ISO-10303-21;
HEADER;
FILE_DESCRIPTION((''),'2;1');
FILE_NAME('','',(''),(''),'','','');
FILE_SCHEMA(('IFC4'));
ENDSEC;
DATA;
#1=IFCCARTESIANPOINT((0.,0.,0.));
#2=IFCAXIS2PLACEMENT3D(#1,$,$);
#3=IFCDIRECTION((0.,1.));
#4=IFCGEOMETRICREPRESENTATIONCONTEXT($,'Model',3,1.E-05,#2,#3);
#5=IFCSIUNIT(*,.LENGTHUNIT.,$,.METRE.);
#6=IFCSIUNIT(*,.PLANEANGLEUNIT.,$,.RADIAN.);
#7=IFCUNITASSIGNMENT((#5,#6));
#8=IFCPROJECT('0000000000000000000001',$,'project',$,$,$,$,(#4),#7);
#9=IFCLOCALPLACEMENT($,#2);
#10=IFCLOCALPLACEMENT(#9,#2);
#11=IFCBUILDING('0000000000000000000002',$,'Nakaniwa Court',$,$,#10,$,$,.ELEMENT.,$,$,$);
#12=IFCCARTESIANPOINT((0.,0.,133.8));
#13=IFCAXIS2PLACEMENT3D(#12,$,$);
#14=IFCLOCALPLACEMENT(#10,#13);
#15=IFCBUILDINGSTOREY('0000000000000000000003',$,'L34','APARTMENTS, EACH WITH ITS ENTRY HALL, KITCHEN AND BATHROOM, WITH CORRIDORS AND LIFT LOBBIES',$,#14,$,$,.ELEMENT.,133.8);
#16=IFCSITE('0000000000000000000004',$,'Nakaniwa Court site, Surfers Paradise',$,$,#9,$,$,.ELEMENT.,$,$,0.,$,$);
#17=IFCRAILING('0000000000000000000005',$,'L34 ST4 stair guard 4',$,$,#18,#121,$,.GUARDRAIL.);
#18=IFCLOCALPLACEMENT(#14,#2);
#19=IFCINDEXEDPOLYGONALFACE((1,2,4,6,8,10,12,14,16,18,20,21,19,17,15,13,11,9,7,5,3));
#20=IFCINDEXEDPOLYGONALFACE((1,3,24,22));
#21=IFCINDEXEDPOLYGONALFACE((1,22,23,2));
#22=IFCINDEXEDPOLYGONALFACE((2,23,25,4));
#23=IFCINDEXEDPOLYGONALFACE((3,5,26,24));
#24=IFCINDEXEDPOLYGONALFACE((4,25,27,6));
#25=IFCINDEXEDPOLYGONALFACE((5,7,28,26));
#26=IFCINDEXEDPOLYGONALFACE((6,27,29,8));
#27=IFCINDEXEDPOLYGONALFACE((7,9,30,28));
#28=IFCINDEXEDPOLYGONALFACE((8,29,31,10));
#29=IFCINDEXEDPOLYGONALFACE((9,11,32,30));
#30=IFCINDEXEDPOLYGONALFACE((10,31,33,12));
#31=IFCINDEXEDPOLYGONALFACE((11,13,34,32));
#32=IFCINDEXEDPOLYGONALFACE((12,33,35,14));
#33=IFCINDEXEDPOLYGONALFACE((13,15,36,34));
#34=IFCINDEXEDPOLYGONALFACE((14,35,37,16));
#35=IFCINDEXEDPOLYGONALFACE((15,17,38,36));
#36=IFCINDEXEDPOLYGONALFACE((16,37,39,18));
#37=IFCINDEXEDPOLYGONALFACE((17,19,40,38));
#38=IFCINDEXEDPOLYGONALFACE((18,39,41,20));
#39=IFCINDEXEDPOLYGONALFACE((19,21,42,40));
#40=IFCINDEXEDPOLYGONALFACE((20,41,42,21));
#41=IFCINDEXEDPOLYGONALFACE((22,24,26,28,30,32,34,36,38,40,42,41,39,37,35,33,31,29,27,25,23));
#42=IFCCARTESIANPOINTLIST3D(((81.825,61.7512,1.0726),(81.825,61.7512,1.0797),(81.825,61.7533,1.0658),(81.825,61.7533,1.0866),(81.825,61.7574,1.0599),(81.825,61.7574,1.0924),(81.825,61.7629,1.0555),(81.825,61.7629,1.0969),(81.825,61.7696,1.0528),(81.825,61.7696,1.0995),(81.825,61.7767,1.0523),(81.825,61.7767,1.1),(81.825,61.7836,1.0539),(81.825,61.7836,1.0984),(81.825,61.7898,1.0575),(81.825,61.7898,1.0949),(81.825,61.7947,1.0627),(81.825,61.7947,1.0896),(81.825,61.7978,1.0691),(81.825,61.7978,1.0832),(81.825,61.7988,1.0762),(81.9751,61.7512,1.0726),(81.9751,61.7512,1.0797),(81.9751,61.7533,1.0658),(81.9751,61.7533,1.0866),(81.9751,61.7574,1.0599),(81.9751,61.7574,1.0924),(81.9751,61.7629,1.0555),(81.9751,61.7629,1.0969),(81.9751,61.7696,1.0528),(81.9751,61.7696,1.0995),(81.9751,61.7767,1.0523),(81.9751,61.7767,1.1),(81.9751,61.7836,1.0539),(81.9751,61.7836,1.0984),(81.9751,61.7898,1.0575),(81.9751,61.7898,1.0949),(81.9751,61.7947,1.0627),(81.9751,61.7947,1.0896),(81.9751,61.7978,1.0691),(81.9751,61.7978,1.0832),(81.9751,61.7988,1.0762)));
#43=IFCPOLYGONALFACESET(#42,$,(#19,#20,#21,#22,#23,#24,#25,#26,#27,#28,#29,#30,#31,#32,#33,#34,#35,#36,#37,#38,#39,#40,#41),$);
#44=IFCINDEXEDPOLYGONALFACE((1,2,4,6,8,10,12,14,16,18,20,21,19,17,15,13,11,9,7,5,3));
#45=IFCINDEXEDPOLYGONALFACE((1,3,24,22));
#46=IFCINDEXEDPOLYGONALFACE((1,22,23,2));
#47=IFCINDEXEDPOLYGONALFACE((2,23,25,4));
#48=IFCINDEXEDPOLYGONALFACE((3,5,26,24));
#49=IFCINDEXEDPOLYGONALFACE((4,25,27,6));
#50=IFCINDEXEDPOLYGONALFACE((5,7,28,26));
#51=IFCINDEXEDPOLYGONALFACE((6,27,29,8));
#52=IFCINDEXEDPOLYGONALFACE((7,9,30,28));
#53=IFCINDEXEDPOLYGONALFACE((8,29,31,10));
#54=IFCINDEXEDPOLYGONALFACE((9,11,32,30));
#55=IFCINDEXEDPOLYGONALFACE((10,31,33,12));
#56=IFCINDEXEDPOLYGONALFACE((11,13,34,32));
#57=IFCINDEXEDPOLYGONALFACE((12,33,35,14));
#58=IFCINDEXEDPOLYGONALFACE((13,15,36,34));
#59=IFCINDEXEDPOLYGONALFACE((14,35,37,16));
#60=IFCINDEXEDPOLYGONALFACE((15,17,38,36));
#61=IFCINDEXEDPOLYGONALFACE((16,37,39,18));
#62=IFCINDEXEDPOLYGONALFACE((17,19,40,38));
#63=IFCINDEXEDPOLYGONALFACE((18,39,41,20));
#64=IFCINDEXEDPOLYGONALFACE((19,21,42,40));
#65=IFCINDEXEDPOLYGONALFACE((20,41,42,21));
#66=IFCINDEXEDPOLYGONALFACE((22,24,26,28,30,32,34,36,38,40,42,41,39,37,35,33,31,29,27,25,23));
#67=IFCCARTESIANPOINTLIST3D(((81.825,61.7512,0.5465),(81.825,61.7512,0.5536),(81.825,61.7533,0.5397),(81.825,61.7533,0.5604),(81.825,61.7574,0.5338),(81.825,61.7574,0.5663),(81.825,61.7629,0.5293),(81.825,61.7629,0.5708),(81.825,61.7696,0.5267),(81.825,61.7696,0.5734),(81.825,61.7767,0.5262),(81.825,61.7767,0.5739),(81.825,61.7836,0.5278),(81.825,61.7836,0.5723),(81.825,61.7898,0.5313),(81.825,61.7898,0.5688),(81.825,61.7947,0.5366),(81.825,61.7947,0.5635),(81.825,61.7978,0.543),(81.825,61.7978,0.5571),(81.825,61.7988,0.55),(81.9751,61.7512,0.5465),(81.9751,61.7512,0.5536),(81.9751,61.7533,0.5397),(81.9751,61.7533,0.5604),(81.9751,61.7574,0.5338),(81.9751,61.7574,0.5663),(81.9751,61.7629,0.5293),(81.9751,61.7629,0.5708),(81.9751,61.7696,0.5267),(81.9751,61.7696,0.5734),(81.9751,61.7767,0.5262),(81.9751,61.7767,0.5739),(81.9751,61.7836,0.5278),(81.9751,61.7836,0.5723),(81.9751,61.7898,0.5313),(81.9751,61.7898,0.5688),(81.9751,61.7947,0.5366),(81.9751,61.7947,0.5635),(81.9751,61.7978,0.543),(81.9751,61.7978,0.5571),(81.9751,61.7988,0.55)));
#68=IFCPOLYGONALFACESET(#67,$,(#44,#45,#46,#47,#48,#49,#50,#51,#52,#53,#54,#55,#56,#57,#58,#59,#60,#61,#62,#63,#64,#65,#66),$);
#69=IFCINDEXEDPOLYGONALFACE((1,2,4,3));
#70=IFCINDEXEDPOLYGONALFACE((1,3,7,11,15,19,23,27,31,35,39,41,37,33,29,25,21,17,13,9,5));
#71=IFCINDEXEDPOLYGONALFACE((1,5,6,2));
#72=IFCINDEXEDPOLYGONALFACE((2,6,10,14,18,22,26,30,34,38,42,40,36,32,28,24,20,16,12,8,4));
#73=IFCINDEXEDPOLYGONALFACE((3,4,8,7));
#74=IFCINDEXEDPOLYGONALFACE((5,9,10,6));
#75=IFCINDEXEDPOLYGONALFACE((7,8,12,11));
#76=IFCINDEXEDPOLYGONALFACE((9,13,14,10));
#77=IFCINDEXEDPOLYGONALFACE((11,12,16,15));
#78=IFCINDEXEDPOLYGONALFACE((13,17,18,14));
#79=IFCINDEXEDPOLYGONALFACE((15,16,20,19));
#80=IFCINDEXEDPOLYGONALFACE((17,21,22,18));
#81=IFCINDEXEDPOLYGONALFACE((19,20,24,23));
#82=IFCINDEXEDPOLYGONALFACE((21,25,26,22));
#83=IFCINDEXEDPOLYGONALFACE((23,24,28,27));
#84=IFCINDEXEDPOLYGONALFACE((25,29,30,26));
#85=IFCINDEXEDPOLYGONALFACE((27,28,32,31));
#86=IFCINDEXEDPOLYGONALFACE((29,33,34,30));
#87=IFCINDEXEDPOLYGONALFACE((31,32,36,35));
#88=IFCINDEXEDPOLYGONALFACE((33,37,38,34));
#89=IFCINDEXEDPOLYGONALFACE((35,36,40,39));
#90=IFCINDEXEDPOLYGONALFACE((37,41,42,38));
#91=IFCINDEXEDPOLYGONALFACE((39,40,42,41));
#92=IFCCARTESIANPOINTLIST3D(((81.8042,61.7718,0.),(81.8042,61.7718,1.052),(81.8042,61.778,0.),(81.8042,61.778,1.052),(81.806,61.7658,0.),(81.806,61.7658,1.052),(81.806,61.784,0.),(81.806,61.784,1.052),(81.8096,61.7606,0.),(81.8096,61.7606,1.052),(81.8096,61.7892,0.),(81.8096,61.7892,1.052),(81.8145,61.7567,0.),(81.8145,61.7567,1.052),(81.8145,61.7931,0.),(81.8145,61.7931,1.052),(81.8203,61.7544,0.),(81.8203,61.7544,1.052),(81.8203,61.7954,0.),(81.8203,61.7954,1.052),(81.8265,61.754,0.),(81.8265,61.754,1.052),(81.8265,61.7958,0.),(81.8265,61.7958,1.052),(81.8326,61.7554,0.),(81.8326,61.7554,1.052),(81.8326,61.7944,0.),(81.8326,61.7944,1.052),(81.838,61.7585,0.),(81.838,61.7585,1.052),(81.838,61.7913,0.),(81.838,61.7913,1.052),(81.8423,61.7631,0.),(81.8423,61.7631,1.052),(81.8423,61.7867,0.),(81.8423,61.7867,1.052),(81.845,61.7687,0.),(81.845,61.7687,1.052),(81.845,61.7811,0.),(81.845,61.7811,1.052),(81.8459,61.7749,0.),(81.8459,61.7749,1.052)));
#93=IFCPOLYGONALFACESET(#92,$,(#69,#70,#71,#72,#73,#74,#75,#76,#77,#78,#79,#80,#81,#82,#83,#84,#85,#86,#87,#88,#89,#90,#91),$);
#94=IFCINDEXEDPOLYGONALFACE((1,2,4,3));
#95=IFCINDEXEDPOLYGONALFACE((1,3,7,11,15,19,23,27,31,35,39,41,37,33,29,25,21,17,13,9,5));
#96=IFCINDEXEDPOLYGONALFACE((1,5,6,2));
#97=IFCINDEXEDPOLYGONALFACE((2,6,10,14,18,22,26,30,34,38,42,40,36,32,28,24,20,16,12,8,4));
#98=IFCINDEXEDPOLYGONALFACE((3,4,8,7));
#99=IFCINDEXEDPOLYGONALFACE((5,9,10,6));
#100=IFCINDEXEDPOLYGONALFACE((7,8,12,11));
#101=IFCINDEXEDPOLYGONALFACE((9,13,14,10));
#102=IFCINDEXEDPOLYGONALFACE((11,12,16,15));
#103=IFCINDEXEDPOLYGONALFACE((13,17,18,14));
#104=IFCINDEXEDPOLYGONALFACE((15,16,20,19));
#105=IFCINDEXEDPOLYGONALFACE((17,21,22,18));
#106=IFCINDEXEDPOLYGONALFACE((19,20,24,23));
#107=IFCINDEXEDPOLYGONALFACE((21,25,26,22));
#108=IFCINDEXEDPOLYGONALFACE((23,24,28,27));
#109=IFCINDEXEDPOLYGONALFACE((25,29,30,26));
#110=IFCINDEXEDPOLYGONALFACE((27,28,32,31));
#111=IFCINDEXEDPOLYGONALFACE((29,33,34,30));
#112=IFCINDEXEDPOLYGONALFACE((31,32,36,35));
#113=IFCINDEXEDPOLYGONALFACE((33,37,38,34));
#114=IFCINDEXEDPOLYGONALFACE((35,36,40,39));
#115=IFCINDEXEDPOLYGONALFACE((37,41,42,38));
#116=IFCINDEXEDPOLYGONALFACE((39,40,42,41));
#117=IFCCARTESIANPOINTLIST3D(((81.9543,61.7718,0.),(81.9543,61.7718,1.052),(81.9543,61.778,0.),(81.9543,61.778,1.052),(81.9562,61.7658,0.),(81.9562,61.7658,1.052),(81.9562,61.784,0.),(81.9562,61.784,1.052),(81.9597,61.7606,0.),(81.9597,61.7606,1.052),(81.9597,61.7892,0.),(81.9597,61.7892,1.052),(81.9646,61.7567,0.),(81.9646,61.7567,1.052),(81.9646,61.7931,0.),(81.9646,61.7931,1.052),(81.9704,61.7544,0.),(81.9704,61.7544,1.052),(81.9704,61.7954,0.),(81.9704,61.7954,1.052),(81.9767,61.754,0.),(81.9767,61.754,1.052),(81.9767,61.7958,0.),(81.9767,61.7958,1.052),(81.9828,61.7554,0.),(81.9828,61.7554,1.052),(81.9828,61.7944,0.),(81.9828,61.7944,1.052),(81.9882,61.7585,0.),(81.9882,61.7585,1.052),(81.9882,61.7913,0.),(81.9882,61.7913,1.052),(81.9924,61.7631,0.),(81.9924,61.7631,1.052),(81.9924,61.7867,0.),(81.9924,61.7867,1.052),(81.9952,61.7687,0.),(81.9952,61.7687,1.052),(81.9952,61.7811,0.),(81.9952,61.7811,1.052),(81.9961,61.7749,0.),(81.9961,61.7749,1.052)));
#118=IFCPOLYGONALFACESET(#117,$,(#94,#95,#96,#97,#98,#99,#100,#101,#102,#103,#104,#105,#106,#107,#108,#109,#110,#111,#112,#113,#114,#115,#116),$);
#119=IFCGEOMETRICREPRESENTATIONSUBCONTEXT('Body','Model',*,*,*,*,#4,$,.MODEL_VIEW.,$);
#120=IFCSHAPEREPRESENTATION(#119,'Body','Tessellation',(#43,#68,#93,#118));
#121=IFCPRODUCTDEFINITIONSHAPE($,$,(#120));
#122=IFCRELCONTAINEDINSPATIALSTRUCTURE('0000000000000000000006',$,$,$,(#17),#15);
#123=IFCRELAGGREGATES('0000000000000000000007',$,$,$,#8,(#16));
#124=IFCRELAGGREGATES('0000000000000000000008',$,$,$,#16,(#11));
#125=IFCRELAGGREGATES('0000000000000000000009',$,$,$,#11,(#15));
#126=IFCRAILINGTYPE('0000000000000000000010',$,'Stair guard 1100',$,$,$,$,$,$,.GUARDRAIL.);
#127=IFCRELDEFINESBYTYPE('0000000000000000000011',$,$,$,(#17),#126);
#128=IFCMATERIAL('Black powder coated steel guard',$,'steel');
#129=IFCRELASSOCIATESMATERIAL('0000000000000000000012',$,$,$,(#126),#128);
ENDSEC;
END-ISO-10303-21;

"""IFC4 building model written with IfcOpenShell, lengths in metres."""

from ifc_helpers import new_model, si_unit, direction, frame, origin, origin_2d, place, context, subcontext, project, spatial, circle, extrude, material, type_object, element, save


model = new_model("IFC4")

# Units and contexts
model_context = context("Model", 3, precision=1e-05, world=origin(), true_north=direction((0.0, 1.0)))
body_context = subcontext(model_context, "Body", "Model", "MODEL_VIEW")
ifc_project = project(units=[si_unit("LENGTHUNIT", "METRE"), si_unit("PLANEANGLEUNIT", "RADIAN")], contexts=[model_context])

# Site, building, storey
site_placement = place(None, origin())
site = spatial("IfcSite", under=ifc_project, at=site_placement, Name="Nakaniwa Court site, Surfers Paradise", CompositionType="ELEMENT", RefElevation=0.0)
building_placement = place(site_placement, origin())
building = spatial("IfcBuilding", under=site, at=building_placement, Name="Nakaniwa Court", CompositionType="ELEMENT")
storey_placement = place(building_placement, frame((0.0, 0.0, 133.8)))
storey = spatial("IfcBuildingStorey", under=building, at=storey_placement, Name="L34", Description="APARTMENTS, EACH WITH ITS ENTRY HALL, KITCHEN AND BATHROOM, WITH CORRIDORS AND LIFT LOBBIES", CompositionType="ELEMENT", Elevation=133.8)

# Railing
ifc_material_1 = material(Name="Black powder coated steel guard", Category="steel")
railing_type_1 = type_object("IfcRailingType", Name="Stair guard 1100", PredefinedType="GUARDRAIL", material=ifc_material_1)
railing_1_placement = place(storey_placement, frame((81.825, 61.7749, 0.0)))
element("IfcRailing", 1, at=railing_1_placement, inside=storey, type_object=railing_type_1, Name="L34 ST4 stair guard 4", PredefinedType="GUARDRAIL", context=body_context, shape_type="SweptSolid", body=[
    extrude(circle(Radius=0.0239, at=origin_2d()), frame((0.0, 0.0, 1.0762), z_axis=(1.0, 0.0, 0.0), x_axis=(0.0, 1.0, 0.0)), (0.0, 0.0, 1.0), 0.1501),
    extrude(circle(Radius=0.0239, at=origin_2d()), frame((0.0, 0.0, 0.55), z_axis=(1.0, 0.0, 0.0), x_axis=(0.0, 1.0, 0.0)), (0.0, 0.0, 1.0), 0.1501),
    extrude(circle(Radius=0.021, at=origin_2d()), origin(), (0.0, 0.0, 1.0), 1.052),
    extrude(circle(Radius=0.021, at=origin_2d()), frame((0.1501, 0.0, 0.0)), (0.0, 0.0, 1.0), 1.052),
])

save(model, "model.ifc")
